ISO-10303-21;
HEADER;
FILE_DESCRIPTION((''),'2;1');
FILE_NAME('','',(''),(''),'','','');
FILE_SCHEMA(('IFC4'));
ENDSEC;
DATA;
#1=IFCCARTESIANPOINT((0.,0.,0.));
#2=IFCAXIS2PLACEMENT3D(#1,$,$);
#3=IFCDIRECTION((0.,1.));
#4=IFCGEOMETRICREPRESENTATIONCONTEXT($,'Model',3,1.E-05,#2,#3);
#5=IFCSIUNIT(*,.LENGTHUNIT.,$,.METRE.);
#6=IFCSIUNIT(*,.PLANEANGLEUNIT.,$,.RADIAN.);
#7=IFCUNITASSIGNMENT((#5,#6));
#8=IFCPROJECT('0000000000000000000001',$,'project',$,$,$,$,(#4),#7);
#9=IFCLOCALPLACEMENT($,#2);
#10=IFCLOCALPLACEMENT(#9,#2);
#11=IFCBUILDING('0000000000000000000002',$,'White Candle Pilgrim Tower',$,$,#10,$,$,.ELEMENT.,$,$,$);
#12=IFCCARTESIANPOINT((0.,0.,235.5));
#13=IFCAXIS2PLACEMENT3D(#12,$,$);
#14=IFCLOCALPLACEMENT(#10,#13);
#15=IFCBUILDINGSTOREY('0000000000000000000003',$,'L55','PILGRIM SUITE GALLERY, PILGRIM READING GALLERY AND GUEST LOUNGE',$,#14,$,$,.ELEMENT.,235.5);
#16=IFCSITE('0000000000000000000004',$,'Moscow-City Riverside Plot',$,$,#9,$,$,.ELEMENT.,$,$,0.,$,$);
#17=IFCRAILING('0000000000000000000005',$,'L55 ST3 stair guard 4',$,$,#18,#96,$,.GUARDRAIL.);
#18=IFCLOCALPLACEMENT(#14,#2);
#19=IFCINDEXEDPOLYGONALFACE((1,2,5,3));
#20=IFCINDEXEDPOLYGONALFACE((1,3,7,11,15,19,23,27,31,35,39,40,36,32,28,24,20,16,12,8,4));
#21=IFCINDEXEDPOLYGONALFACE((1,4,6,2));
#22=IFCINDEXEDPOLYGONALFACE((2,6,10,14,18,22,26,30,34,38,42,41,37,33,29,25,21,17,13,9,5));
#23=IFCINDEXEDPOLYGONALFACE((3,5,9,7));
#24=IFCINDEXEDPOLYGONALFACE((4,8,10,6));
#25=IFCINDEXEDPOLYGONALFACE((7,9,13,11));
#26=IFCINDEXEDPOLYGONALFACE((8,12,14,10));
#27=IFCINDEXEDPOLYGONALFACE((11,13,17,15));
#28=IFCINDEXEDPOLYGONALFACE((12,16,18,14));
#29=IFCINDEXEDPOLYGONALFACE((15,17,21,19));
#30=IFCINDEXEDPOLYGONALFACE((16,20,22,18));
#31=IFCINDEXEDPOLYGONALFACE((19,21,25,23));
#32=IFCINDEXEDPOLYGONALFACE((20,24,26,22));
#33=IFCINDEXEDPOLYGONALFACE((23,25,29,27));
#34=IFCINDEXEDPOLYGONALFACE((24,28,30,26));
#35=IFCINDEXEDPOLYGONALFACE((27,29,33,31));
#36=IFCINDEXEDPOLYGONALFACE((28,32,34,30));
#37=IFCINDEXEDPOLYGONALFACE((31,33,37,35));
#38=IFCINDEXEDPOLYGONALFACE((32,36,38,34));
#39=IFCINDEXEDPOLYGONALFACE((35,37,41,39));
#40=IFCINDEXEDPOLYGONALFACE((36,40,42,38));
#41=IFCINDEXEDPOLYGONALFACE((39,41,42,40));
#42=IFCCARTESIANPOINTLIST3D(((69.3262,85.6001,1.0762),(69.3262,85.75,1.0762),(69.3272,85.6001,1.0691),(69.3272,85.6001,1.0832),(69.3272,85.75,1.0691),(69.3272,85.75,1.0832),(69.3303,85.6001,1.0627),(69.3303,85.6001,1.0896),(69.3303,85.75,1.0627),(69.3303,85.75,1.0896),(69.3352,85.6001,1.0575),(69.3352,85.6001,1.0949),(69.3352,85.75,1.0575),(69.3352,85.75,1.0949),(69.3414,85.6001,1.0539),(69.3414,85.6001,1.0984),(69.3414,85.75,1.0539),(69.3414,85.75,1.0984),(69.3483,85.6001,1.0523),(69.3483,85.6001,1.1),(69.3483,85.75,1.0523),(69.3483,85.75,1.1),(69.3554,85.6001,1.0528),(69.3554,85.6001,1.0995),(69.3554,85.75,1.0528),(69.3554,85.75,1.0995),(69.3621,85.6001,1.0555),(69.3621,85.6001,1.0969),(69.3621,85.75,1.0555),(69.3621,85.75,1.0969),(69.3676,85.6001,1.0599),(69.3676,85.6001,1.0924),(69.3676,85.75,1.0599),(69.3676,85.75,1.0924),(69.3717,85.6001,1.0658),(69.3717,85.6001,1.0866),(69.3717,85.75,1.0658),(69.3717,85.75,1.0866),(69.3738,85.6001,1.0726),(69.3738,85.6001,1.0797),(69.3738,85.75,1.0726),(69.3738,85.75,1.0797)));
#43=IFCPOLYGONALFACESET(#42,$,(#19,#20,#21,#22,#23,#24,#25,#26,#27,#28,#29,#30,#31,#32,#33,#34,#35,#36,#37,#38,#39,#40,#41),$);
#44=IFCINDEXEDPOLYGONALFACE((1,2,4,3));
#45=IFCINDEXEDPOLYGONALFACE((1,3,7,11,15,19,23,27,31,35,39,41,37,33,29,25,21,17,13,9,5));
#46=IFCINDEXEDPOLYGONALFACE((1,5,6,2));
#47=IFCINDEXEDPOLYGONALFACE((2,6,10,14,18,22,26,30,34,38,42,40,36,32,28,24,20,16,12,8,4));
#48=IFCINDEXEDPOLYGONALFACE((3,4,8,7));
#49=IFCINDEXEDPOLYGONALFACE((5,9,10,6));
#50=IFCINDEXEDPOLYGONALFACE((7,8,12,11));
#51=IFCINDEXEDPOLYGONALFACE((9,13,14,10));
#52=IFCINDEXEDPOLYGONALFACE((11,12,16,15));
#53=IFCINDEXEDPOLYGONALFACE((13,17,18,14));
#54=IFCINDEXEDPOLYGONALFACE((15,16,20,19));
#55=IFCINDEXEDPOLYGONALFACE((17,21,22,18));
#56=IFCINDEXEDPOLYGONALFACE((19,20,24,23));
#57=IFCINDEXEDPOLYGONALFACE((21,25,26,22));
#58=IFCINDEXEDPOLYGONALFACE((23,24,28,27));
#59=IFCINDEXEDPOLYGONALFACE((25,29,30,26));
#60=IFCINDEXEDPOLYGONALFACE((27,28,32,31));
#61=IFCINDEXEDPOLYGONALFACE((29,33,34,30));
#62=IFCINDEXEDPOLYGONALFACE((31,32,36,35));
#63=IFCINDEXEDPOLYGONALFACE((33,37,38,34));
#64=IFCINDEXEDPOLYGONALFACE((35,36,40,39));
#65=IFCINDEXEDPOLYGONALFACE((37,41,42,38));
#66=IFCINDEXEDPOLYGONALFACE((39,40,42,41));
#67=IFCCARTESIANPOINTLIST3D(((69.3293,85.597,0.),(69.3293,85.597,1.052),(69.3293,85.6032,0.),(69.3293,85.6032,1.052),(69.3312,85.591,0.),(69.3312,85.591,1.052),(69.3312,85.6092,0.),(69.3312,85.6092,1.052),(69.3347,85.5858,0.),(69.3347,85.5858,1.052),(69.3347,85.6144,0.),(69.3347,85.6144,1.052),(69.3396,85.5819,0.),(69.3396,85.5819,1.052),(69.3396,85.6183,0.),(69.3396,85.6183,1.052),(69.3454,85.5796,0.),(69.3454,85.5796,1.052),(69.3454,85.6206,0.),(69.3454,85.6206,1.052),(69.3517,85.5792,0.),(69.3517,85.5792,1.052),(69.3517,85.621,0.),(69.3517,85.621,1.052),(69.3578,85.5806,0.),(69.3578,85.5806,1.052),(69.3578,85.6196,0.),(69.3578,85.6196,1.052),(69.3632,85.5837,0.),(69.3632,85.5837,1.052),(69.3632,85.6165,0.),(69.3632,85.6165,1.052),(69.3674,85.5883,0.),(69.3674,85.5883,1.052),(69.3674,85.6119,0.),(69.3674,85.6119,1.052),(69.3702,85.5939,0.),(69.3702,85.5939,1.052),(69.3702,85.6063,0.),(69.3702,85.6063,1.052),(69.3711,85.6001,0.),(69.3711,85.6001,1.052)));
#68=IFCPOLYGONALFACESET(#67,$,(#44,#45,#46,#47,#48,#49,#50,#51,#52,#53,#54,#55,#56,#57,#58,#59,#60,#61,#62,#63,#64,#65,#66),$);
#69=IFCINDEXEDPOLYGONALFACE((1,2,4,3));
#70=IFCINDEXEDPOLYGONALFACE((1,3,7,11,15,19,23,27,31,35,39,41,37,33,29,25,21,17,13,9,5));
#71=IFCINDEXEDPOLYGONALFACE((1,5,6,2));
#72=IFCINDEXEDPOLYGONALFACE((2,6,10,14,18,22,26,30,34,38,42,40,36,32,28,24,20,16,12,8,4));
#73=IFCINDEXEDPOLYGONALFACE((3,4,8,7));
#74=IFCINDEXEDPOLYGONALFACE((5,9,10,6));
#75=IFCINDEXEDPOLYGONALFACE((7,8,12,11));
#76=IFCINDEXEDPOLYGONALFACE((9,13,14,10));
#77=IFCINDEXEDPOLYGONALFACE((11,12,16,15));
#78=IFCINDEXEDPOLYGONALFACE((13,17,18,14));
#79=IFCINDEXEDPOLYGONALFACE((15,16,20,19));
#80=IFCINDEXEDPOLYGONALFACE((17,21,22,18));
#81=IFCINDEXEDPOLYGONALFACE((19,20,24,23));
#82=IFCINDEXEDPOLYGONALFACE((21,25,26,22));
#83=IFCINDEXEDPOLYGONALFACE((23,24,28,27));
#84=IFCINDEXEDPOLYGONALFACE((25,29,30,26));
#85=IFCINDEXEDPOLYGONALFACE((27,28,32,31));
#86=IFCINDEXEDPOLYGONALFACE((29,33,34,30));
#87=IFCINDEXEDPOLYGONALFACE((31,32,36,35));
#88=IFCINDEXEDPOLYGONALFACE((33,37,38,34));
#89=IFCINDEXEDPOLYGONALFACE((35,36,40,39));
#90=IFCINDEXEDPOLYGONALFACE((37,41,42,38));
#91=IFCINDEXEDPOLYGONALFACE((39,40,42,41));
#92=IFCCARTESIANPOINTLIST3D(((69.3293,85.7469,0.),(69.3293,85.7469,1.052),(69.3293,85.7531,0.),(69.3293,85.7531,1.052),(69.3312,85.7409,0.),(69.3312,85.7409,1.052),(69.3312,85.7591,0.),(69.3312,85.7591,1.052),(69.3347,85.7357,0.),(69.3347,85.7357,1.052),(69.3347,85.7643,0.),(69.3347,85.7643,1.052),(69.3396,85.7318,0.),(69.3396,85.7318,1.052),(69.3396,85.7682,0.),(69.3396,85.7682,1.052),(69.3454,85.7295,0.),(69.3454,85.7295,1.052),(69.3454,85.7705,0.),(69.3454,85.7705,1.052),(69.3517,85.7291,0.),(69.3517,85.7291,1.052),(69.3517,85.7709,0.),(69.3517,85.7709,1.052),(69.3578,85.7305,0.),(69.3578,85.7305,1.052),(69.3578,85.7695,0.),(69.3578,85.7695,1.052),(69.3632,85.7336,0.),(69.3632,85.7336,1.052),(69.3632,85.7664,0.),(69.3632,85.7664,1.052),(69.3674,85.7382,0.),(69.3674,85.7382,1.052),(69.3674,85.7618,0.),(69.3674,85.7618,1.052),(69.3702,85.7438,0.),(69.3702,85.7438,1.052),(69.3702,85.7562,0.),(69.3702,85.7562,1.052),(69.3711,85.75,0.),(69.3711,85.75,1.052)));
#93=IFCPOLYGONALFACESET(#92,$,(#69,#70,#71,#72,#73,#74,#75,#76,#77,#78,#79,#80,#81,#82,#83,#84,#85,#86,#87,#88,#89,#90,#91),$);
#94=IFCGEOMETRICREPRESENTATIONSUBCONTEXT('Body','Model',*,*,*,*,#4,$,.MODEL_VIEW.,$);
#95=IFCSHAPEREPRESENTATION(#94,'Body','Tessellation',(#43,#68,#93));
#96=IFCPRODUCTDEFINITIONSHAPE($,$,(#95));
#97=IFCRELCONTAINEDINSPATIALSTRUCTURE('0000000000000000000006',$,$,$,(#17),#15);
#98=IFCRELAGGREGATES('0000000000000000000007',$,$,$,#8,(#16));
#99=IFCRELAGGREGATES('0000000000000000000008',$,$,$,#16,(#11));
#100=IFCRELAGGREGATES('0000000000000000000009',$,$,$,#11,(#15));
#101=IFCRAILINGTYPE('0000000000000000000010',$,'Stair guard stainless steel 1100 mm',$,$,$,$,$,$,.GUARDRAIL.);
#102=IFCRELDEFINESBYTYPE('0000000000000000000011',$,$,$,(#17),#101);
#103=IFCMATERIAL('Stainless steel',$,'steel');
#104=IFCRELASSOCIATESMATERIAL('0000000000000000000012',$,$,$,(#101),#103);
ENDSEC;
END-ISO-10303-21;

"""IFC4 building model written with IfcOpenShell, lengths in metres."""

from ifc_helpers import new_model, si_unit, direction, frame, origin, origin_2d, place, context, subcontext, project, spatial, circle, extrude, material, type_object, element, save


model = new_model("IFC4")

# Units and contexts
model_context = context("Model", 3, precision=1e-05, world=origin(), true_north=direction((0.0, 1.0)))
body_context = subcontext(model_context, "Body", "Model", "MODEL_VIEW")
ifc_project = project(units=[si_unit("LENGTHUNIT", "METRE"), si_unit("PLANEANGLEUNIT", "RADIAN")], contexts=[model_context])

# Site, building, storey
site_placement = place(None, origin())
site = spatial("IfcSite", under=ifc_project, at=site_placement, Name="Moscow-City Riverside Plot", CompositionType="ELEMENT", RefElevation=0.0)
building_placement = place(site_placement, origin())
building = spatial("IfcBuilding", under=site, at=building_placement, Name="White Candle Pilgrim Tower", CompositionType="ELEMENT")
storey_placement = place(building_placement, frame((0.0, 0.0, 235.5)))
storey = spatial("IfcBuildingStorey", under=building, at=storey_placement, Name="L55", Description="PILGRIM SUITE GALLERY, PILGRIM READING GALLERY AND GUEST LOUNGE", CompositionType="ELEMENT", Elevation=235.5)

# Shared definitions
ifc_material_1 = material(Name="Stainless steel", Category="steel")

# Railing
railing_type_1 = type_object("IfcRailingType", Name="Stair guard stainless steel 1100 mm", PredefinedType="GUARDRAIL", material=ifc_material_1)
railing_1_placement = place(storey_placement, frame((69.3501, 85.6001, 0.0)))
element("IfcRailing", 1, at=railing_1_placement, inside=storey, type_object=railing_type_1, Name="L55 ST3 stair guard 4", PredefinedType="GUARDRAIL", context=body_context, shape_type="SweptSolid", body=[
    extrude(circle(Radius=0.0239, at=origin_2d()), frame((0.0, 0.0, 1.0762), z_axis=(0.0, 1.0, 0.0), x_axis=(-1.0, 0.0, 0.0)), (0.0, 0.0, 1.0), 0.1499),
    extrude(circle(Radius=0.021, at=origin_2d()), origin(), (0.0, 0.0, 1.0), 1.052),
    extrude(circle(Radius=0.021, at=origin_2d()), frame((0.0, 0.1499, 0.0)), (0.0, 0.0, 1.0), 1.052),
])

save(model, "model.ifc")
